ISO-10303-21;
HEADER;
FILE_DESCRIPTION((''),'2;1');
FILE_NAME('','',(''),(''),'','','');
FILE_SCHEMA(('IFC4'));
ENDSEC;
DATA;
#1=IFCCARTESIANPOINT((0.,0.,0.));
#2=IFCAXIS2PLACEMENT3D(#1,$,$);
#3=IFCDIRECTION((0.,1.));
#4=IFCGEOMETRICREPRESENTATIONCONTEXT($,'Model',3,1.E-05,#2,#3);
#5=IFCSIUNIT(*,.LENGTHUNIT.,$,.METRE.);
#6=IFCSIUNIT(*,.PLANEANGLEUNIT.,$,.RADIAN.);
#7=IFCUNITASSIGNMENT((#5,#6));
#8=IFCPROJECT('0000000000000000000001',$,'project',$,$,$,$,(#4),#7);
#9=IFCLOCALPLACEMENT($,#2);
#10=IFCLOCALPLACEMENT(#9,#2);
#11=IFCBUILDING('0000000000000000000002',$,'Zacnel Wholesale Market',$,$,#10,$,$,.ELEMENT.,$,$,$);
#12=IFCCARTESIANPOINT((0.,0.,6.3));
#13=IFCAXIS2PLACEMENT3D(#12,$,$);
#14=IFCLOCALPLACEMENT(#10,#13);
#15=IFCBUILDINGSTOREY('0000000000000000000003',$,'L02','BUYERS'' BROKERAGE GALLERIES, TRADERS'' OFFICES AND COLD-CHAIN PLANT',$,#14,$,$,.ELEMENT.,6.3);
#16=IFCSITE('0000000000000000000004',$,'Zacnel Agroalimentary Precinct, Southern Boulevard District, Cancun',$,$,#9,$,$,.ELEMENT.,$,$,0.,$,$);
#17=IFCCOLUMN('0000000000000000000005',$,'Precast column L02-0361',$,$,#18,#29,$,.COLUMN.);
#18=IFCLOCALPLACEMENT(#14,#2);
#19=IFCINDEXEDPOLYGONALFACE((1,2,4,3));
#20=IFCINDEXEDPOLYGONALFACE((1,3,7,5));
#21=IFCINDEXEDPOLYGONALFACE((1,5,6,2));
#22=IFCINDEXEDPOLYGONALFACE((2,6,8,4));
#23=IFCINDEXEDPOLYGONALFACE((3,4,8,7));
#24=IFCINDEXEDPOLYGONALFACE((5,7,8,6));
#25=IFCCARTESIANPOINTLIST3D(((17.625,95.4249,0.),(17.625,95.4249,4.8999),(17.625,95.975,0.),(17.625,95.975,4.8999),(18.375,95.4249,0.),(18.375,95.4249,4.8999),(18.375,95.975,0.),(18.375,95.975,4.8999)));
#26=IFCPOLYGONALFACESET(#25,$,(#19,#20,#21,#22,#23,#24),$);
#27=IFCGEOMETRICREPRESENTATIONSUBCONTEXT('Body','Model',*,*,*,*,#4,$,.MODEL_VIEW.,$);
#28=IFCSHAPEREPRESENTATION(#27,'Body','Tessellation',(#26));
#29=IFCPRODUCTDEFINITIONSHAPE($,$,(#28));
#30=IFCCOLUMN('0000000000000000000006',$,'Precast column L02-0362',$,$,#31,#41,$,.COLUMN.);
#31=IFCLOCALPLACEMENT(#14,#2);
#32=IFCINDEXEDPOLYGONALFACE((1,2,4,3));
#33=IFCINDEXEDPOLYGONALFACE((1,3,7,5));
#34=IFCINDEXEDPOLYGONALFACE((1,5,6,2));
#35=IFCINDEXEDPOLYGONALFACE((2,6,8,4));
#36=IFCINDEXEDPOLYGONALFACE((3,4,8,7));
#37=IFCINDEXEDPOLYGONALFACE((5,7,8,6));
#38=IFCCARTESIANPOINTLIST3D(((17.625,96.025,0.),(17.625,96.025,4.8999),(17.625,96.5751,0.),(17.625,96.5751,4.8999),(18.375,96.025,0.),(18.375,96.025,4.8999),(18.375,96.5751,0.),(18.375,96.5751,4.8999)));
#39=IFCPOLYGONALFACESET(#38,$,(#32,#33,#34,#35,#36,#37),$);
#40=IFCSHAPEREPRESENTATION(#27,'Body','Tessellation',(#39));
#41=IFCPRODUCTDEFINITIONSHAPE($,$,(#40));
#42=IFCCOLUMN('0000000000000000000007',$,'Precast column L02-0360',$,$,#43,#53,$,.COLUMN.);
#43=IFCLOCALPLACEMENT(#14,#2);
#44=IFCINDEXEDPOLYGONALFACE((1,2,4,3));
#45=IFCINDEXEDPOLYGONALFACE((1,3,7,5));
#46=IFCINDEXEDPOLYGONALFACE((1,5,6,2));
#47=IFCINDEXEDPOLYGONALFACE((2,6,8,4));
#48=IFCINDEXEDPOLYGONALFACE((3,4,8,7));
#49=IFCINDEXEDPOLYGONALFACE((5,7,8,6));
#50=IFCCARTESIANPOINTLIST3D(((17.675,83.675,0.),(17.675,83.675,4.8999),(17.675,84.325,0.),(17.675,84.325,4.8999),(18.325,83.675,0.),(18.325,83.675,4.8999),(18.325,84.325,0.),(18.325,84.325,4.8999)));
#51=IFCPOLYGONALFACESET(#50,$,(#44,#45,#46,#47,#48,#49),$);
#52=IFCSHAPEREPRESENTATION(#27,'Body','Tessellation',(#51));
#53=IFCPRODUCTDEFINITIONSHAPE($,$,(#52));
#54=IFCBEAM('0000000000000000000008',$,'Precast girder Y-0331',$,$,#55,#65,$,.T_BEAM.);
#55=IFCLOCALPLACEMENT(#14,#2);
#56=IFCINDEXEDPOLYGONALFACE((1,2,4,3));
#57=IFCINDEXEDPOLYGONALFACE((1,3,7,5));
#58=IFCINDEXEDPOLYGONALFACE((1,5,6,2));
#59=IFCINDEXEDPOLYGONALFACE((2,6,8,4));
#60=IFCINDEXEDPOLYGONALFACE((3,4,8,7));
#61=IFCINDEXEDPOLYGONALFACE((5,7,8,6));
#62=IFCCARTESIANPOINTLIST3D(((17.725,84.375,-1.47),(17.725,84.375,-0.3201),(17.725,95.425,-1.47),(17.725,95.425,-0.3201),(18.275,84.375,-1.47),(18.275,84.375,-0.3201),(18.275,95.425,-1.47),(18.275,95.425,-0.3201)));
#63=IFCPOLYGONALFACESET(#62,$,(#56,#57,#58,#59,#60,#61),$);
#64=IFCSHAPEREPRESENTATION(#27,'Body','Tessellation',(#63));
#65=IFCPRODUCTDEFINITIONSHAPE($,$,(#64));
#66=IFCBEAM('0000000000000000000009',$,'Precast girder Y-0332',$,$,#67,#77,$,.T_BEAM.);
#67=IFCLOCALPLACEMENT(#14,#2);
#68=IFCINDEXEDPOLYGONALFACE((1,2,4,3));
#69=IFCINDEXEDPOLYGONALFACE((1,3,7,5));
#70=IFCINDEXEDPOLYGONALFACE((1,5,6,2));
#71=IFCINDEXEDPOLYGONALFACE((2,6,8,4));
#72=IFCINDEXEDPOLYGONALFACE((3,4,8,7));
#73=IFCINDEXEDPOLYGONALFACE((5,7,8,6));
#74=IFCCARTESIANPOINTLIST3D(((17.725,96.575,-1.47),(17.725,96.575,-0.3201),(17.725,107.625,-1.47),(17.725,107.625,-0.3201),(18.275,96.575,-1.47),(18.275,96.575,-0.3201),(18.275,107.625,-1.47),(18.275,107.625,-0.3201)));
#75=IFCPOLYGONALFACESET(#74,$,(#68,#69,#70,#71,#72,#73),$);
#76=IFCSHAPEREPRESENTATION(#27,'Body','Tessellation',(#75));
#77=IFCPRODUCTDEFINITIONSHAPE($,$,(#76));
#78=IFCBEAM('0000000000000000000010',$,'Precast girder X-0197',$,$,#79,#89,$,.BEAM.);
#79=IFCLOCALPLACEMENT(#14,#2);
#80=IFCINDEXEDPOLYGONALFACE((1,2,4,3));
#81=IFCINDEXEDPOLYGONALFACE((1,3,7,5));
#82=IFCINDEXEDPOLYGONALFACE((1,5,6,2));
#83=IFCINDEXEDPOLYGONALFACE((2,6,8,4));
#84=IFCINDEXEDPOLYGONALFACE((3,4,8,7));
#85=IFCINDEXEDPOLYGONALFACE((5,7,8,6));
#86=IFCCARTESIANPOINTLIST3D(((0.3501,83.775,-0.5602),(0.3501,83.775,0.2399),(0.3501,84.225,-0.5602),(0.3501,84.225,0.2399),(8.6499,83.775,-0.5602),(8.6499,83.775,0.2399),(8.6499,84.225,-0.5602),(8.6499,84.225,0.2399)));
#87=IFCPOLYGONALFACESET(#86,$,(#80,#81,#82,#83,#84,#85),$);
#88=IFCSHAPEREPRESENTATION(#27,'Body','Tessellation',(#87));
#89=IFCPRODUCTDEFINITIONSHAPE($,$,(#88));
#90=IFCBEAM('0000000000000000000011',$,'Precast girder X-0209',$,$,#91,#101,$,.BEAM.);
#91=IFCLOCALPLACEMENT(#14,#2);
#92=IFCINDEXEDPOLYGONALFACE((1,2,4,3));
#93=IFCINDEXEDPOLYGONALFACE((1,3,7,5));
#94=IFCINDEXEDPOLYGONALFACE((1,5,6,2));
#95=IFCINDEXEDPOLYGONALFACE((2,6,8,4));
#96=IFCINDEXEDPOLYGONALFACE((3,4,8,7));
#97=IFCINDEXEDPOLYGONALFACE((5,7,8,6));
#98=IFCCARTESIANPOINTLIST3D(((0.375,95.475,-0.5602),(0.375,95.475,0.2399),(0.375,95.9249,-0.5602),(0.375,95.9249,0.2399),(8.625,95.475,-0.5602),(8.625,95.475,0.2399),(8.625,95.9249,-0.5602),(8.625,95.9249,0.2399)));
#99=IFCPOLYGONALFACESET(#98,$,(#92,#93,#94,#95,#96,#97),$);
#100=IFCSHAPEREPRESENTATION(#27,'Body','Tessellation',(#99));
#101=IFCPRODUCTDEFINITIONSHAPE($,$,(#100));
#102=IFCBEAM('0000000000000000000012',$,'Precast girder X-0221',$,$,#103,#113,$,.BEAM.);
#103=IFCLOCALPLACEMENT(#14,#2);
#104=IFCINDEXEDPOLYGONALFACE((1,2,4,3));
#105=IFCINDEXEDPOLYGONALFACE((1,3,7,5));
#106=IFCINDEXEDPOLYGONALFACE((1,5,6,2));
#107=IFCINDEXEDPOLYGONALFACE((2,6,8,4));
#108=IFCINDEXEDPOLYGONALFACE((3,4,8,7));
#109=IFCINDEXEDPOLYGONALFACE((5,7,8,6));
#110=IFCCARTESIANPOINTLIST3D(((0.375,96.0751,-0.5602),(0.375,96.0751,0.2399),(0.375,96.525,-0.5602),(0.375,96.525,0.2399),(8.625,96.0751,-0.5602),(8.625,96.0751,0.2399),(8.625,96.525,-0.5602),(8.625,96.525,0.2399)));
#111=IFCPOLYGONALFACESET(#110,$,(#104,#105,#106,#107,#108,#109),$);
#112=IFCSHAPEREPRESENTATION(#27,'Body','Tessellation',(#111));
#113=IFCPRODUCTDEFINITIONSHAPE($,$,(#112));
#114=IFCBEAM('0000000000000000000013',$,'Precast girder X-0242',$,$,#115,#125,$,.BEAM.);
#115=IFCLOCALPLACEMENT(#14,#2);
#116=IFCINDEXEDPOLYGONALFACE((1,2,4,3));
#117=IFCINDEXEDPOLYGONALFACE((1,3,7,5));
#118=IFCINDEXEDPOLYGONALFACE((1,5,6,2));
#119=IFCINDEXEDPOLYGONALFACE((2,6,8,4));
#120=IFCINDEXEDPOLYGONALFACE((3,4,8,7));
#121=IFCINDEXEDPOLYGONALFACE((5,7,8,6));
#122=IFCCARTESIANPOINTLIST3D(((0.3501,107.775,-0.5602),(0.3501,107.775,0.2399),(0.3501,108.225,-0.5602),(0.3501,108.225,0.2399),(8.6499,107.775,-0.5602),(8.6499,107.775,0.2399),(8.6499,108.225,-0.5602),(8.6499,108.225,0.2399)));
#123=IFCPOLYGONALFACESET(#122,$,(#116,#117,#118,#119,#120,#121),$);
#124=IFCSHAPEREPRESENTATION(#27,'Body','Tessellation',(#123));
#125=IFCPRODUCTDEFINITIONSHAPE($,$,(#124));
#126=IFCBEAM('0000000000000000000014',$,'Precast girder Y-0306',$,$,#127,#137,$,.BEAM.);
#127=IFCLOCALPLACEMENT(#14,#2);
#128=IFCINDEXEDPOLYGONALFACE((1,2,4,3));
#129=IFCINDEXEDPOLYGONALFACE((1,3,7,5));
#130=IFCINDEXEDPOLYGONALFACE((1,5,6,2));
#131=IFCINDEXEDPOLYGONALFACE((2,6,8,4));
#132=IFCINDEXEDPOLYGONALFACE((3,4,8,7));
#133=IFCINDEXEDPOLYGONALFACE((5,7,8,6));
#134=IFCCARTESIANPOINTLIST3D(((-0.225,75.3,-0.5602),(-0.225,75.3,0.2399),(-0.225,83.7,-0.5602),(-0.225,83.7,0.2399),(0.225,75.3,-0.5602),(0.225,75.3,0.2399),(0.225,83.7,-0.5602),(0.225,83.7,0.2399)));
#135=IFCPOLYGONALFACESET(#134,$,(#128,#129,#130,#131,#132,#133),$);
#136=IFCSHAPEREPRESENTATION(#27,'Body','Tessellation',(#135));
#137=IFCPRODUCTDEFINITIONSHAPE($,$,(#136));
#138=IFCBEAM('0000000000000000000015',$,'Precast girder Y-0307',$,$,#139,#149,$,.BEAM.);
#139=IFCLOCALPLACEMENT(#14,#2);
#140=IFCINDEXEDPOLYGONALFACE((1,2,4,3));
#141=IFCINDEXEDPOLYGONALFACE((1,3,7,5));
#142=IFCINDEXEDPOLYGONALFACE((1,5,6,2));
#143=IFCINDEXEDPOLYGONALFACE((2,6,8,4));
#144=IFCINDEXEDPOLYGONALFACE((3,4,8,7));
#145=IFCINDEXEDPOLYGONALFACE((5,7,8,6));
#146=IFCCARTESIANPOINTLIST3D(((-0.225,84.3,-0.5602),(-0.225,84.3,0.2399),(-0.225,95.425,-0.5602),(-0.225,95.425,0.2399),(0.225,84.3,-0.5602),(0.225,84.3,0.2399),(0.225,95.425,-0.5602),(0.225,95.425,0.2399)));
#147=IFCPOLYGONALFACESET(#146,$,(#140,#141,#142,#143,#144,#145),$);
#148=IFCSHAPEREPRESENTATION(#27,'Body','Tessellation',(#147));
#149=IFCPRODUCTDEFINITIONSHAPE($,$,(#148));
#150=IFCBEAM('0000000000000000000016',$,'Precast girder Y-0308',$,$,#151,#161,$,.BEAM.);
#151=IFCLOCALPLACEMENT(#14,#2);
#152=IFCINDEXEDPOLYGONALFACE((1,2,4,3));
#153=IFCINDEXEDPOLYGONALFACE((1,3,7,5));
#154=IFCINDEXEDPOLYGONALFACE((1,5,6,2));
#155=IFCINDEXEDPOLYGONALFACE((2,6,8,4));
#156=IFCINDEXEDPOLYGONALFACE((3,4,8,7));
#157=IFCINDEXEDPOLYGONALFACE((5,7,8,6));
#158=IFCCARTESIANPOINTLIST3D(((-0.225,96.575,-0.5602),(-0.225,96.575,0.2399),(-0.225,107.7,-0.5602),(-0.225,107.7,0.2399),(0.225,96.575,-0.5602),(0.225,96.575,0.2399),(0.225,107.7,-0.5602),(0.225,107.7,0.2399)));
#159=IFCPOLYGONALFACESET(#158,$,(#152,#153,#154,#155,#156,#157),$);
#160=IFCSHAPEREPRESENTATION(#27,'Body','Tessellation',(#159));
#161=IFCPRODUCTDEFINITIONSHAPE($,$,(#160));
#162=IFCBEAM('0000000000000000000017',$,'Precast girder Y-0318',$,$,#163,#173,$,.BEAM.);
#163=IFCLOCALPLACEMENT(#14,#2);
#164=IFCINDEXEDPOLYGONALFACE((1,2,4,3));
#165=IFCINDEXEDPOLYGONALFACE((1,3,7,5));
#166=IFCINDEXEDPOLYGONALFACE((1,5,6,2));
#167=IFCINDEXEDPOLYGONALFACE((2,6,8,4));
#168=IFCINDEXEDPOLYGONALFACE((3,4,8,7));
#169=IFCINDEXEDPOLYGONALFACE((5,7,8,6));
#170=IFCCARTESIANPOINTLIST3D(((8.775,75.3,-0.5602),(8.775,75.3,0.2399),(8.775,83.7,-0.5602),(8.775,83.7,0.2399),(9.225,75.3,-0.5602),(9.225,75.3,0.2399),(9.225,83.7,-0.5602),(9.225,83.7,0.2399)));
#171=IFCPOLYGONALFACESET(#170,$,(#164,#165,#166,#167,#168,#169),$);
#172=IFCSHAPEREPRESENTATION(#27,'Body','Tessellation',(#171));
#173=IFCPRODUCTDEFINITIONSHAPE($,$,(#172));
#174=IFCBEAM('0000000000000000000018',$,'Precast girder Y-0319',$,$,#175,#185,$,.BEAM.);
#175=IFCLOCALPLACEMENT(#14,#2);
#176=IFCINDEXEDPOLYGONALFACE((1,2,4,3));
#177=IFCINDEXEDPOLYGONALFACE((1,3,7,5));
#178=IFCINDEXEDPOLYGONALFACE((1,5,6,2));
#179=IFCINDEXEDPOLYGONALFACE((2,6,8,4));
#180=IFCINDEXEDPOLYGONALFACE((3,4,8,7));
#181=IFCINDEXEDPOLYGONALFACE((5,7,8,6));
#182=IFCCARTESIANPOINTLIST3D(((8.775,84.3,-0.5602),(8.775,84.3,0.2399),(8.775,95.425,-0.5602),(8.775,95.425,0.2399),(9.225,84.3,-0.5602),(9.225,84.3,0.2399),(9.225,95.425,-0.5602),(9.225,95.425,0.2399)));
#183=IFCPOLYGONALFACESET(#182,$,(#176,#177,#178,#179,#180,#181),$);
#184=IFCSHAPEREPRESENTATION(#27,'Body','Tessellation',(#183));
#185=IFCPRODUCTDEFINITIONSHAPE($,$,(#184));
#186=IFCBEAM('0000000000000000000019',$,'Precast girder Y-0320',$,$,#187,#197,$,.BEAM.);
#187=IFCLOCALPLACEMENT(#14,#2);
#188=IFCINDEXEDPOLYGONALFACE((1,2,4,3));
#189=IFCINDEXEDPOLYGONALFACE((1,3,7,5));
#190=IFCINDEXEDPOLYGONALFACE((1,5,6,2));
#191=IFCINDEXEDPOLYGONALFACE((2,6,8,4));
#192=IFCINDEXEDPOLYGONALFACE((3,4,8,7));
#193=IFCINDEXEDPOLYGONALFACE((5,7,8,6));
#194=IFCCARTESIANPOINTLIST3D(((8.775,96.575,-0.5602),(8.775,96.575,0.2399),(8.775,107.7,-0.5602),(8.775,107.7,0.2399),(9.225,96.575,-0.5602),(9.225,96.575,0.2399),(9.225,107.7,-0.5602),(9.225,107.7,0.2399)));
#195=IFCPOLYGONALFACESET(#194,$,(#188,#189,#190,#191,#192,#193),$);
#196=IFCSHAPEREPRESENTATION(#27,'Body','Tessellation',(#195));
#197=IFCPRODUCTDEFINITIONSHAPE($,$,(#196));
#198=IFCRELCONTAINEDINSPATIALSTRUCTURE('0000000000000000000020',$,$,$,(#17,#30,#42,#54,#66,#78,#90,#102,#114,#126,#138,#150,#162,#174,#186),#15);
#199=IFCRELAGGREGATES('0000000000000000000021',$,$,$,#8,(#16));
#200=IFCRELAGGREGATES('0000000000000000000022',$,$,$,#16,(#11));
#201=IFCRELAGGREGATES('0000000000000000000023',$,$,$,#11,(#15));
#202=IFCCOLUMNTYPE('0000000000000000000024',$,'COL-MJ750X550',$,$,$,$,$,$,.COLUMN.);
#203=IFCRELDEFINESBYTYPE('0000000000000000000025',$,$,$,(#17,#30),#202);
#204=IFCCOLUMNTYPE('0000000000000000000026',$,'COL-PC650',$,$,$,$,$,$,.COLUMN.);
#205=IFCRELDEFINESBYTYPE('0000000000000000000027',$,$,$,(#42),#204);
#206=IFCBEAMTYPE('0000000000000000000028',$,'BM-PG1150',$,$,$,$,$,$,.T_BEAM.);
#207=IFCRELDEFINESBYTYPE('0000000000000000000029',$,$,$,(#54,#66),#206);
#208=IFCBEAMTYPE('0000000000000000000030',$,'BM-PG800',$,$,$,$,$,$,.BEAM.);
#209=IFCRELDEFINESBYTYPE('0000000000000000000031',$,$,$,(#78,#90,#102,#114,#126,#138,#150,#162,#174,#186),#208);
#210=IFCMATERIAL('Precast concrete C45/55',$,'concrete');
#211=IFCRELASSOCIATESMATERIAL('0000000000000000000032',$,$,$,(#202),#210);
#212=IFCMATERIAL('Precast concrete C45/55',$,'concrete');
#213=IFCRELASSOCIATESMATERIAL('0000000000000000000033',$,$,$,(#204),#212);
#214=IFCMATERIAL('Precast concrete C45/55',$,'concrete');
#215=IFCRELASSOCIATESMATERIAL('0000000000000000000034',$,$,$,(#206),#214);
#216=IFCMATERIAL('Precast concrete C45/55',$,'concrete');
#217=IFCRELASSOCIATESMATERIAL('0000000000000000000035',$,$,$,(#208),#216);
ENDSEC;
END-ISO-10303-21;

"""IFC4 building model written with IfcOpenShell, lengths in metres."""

from ifc_helpers import new_model, si_unit, direction, frame, origin, origin_2d, place, context, subcontext, project, spatial, rectangle, extrude, material, material_profile, profile_set, type_object, element, save


model = new_model("IFC4")

# Units and contexts
model_context = context("Model", 3, precision=1e-05, world=origin(), true_north=direction((0.0, 1.0)))
body_context = subcontext(model_context, "Body", "Model", "MODEL_VIEW")
ifc_project = project(units=[si_unit("LENGTHUNIT", "METRE"), si_unit("PLANEANGLEUNIT", "RADIAN")], contexts=[model_context])

# Site, building, storey
site_placement = place(None, origin())
site = spatial("IfcSite", under=ifc_project, at=site_placement, Name="Zacnel Agroalimentary Precinct, Southern Boulevard District, Cancun", CompositionType="ELEMENT", RefElevation=0.0)
building_placement = place(site_placement, origin())
building = spatial("IfcBuilding", under=site, at=building_placement, Name="Zacnel Wholesale Market", CompositionType="ELEMENT")
storey_placement = place(building_placement, frame((0.0, 0.0, 6.3)))
storey = spatial("IfcBuildingStorey", under=building, at=storey_placement, Name="L02", Description="BUYERS' BROKERAGE GALLERIES, TRADERS' OFFICES AND COLD-CHAIN PLANT", CompositionType="ELEMENT", Elevation=6.3)

# Columns
ifc_material_1 = material(Name="Precast concrete C45/55", Category="concrete")
ifc_material_profile_1 = material_profile(ifc_material_1, rectangle(XDim=0.75, YDim=0.55, at=origin_2d()), Name="PC 750x550")
ifc_profile_set_1 = profile_set([ifc_material_profile_1], Name="Precast concrete C45/55")
column_type_1 = type_object("IfcColumnType", Name="COL-MJ750X550", PredefinedType="COLUMN", material=ifc_profile_set_1)
for number, where, z_axis, x_axis, name in (
    (1, (18.0, 95.7, 0.0), (0.0, 0.0, 1.0), (1.0, 0.0, 0.0), "Precast column L02-0361"),
    (2, (18.0, 96.3, 0.0), (0.0, 0.0, 1.0), (1.0, 0.0, 0.0), "Precast column L02-0362"),
):
    element("IfcColumn", number, at=place(storey_placement, frame(where, z_axis=z_axis, x_axis=x_axis)), inside=storey, type_object=column_type_1, Name=name, PredefinedType="COLUMN", context=body_context, shape_type="SweptSolid", body=[
        extrude(rectangle(XDim=0.75, YDim=0.55, at=origin_2d()), origin(), (0.0, 0.0, 1.0), 4.8999),
    ])
ifc_material_2 = material(Name="Precast concrete C45/55", Category="concrete")
ifc_material_profile_2 = material_profile(ifc_material_2, rectangle(XDim=0.6499, YDim=0.6499, at=origin_2d()), Name="PC 650x650")
ifc_profile_set_2 = profile_set([ifc_material_profile_2], Name="Precast concrete C45/55")
column_type_2 = type_object("IfcColumnType", Name="COL-PC650", PredefinedType="COLUMN", material=ifc_profile_set_2)
column_placement = place(storey_placement, frame((18.0, 84.0, 0.0), z_axis=(0.0, 0.0, 1.0), x_axis=(1.0, 0.0, 0.0)))
element("IfcColumn", 3, at=column_placement, inside=storey, type_object=column_type_2, Name="Precast column L02-0360", PredefinedType="COLUMN", context=body_context, shape_type="SweptSolid", body=[
    extrude(rectangle(XDim=0.6499, YDim=0.6499, at=origin_2d()), origin(), (0.0, 0.0, 1.0), 4.8999),
])

# Beams
ifc_material_3 = material(Name="Precast concrete C45/55", Category="concrete")
ifc_material_profile_3 = material_profile(ifc_material_3, rectangle(XDim=0.55, YDim=1.1499, at=origin_2d()), Name="PG 550x1150")
ifc_profile_set_3 = profile_set([ifc_material_profile_3], Name="Precast concrete C45/55")
beam_type_1 = type_object("IfcBeamType", Name="BM-PG1150", PredefinedType="T_BEAM", material=ifc_profile_set_3)
for number, where, z_axis, x_axis, name in (
    (4, (18.0, 84.375, -0.895), (0.0, 1.0, 0.0), (-1.0, 0.0, 0.0), "Precast girder Y-0331"),
    (5, (18.0, 96.575, -0.895), (0.0, 1.0, 0.0), (-1.0, 0.0, 0.0), "Precast girder Y-0332"),
):
    element("IfcBeam", number, at=place(storey_placement, frame(where, z_axis=z_axis, x_axis=x_axis)), inside=storey, type_object=beam_type_1, Name=name, PredefinedType="T_BEAM", context=body_context, shape_type="SweptSolid", body=[
        extrude(rectangle(XDim=0.55, YDim=1.1499, at=origin_2d()), origin(), (0.0, 0.0, 1.0), 11.05),
    ])
ifc_material_4 = material(Name="Precast concrete C45/55", Category="concrete")
ifc_material_profile_4 = material_profile(ifc_material_4, rectangle(XDim=0.45, YDim=0.8, at=origin_2d()), Name="PG 450x800")
ifc_profile_set_4 = profile_set([ifc_material_profile_4], Name="Precast concrete C45/55")
beam_type_2 = type_object("IfcBeamType", Name="BM-PG800", PredefinedType="BEAM", material=ifc_profile_set_4)
beam_1_placement = place(storey_placement, frame((0.3501, 84.0, -0.1602), z_axis=(1.0, 0.0, 0.0), x_axis=(0.0, 1.0, 0.0)))
element("IfcBeam", 6, at=beam_1_placement, inside=storey, type_object=beam_type_2, Name="Precast girder X-0197", PredefinedType="BEAM", context=body_context, shape_type="SweptSolid", body=[
    extrude(rectangle(XDim=0.45, YDim=0.8, at=origin_2d()), origin(), (0.0, 0.0, 1.0), 8.2998),
])
for number, where, z_axis, x_axis, name in (
    (7, (0.375, 95.7, -0.1602), (1.0, 0.0, 0.0), (0.0, 1.0, 0.0), "Precast girder X-0209"),
    (8, (0.375, 96.3, -0.1602), (1.0, 0.0, 0.0), (0.0, 1.0, 0.0), "Precast girder X-0221"),
):
    element("IfcBeam", number, at=place(storey_placement, frame(where, z_axis=z_axis, x_axis=x_axis)), inside=storey, type_object=beam_type_2, Name=name, PredefinedType="BEAM", context=body_context, shape_type="SweptSolid", body=[
        extrude(rectangle(XDim=0.45, YDim=0.8, at=origin_2d()), origin(), (0.0, 0.0, 1.0), 8.25),
    ])
beam_2_placement = place(storey_placement, frame((0.3501, 108.0, -0.1602), z_axis=(1.0, 0.0, 0.0), x_axis=(0.0, 1.0, 0.0)))
element("IfcBeam", 9, at=beam_2_placement, inside=storey, type_object=beam_type_2, Name="Precast girder X-0242", PredefinedType="BEAM", context=body_context, shape_type="SweptSolid", body=[
    extrude(rectangle(XDim=0.45, YDim=0.8, at=origin_2d()), origin(), (0.0, 0.0, 1.0), 8.2998),
])
beam_3_placement = place(storey_placement, frame((0.0, 75.3, -0.1602), z_axis=(0.0, 1.0, 0.0), x_axis=(-1.0, 0.0, 0.0)))
element("IfcBeam", 10, at=beam_3_placement, inside=storey, type_object=beam_type_2, Name="Precast girder Y-0306", PredefinedType="BEAM", context=body_context, shape_type="SweptSolid", body=[
    extrude(rectangle(XDim=0.45, YDim=0.8, at=origin_2d()), origin(), (0.0, 0.0, 1.0), 8.3999),
])
for number, where, z_axis, x_axis, name in (
    (11, (0.0, 84.3, -0.1602), (0.0, 1.0, 0.0), (-1.0, 0.0, 0.0), "Precast girder Y-0307"),
    (12, (0.0, 96.575, -0.1602), (0.0, 1.0, 0.0), (-1.0, 0.0, 0.0), "Precast girder Y-0308"),
):
    element("IfcBeam", number, at=place(storey_placement, frame(where, z_axis=z_axis, x_axis=x_axis)), inside=storey, type_object=beam_type_2, Name=name, PredefinedType="BEAM", context=body_context, shape_type="SweptSolid", body=[
        extrude(rectangle(XDim=0.45, YDim=0.8, at=origin_2d()), origin(), (0.0, 0.0, 1.0), 11.125),
    ])
beam_4_placement = place(storey_placement, frame((9.0, 75.3, -0.1602), z_axis=(0.0, 1.0, 0.0), x_axis=(-1.0, 0.0, 0.0)))
element("IfcBeam", 13, at=beam_4_placement, inside=storey, type_object=beam_type_2, Name="Precast girder Y-0318", PredefinedType="BEAM", context=body_context, shape_type="SweptSolid", body=[
    extrude(rectangle(XDim=0.45, YDim=0.8, at=origin_2d()), origin(), (0.0, 0.0, 1.0), 8.3999),
])
for number, where, z_axis, x_axis, name in (
    (14, (9.0, 84.3, -0.1602), (0.0, 1.0, 0.0), (-1.0, 0.0, 0.0), "Precast girder Y-0319"),
    (15, (9.0, 96.575, -0.1602), (0.0, 1.0, 0.0), (-1.0, 0.0, 0.0), "Precast girder Y-0320"),
):
    element("IfcBeam", number, at=place(storey_placement, frame(where, z_axis=z_axis, x_axis=x_axis)), inside=storey, type_object=beam_type_2, Name=name, PredefinedType="BEAM", context=body_context, shape_type="SweptSolid", body=[
        extrude(rectangle(XDim=0.45, YDim=0.8, at=origin_2d()), origin(), (0.0, 0.0, 1.0), 11.125),
    ])

save(model, "model.ifc")
